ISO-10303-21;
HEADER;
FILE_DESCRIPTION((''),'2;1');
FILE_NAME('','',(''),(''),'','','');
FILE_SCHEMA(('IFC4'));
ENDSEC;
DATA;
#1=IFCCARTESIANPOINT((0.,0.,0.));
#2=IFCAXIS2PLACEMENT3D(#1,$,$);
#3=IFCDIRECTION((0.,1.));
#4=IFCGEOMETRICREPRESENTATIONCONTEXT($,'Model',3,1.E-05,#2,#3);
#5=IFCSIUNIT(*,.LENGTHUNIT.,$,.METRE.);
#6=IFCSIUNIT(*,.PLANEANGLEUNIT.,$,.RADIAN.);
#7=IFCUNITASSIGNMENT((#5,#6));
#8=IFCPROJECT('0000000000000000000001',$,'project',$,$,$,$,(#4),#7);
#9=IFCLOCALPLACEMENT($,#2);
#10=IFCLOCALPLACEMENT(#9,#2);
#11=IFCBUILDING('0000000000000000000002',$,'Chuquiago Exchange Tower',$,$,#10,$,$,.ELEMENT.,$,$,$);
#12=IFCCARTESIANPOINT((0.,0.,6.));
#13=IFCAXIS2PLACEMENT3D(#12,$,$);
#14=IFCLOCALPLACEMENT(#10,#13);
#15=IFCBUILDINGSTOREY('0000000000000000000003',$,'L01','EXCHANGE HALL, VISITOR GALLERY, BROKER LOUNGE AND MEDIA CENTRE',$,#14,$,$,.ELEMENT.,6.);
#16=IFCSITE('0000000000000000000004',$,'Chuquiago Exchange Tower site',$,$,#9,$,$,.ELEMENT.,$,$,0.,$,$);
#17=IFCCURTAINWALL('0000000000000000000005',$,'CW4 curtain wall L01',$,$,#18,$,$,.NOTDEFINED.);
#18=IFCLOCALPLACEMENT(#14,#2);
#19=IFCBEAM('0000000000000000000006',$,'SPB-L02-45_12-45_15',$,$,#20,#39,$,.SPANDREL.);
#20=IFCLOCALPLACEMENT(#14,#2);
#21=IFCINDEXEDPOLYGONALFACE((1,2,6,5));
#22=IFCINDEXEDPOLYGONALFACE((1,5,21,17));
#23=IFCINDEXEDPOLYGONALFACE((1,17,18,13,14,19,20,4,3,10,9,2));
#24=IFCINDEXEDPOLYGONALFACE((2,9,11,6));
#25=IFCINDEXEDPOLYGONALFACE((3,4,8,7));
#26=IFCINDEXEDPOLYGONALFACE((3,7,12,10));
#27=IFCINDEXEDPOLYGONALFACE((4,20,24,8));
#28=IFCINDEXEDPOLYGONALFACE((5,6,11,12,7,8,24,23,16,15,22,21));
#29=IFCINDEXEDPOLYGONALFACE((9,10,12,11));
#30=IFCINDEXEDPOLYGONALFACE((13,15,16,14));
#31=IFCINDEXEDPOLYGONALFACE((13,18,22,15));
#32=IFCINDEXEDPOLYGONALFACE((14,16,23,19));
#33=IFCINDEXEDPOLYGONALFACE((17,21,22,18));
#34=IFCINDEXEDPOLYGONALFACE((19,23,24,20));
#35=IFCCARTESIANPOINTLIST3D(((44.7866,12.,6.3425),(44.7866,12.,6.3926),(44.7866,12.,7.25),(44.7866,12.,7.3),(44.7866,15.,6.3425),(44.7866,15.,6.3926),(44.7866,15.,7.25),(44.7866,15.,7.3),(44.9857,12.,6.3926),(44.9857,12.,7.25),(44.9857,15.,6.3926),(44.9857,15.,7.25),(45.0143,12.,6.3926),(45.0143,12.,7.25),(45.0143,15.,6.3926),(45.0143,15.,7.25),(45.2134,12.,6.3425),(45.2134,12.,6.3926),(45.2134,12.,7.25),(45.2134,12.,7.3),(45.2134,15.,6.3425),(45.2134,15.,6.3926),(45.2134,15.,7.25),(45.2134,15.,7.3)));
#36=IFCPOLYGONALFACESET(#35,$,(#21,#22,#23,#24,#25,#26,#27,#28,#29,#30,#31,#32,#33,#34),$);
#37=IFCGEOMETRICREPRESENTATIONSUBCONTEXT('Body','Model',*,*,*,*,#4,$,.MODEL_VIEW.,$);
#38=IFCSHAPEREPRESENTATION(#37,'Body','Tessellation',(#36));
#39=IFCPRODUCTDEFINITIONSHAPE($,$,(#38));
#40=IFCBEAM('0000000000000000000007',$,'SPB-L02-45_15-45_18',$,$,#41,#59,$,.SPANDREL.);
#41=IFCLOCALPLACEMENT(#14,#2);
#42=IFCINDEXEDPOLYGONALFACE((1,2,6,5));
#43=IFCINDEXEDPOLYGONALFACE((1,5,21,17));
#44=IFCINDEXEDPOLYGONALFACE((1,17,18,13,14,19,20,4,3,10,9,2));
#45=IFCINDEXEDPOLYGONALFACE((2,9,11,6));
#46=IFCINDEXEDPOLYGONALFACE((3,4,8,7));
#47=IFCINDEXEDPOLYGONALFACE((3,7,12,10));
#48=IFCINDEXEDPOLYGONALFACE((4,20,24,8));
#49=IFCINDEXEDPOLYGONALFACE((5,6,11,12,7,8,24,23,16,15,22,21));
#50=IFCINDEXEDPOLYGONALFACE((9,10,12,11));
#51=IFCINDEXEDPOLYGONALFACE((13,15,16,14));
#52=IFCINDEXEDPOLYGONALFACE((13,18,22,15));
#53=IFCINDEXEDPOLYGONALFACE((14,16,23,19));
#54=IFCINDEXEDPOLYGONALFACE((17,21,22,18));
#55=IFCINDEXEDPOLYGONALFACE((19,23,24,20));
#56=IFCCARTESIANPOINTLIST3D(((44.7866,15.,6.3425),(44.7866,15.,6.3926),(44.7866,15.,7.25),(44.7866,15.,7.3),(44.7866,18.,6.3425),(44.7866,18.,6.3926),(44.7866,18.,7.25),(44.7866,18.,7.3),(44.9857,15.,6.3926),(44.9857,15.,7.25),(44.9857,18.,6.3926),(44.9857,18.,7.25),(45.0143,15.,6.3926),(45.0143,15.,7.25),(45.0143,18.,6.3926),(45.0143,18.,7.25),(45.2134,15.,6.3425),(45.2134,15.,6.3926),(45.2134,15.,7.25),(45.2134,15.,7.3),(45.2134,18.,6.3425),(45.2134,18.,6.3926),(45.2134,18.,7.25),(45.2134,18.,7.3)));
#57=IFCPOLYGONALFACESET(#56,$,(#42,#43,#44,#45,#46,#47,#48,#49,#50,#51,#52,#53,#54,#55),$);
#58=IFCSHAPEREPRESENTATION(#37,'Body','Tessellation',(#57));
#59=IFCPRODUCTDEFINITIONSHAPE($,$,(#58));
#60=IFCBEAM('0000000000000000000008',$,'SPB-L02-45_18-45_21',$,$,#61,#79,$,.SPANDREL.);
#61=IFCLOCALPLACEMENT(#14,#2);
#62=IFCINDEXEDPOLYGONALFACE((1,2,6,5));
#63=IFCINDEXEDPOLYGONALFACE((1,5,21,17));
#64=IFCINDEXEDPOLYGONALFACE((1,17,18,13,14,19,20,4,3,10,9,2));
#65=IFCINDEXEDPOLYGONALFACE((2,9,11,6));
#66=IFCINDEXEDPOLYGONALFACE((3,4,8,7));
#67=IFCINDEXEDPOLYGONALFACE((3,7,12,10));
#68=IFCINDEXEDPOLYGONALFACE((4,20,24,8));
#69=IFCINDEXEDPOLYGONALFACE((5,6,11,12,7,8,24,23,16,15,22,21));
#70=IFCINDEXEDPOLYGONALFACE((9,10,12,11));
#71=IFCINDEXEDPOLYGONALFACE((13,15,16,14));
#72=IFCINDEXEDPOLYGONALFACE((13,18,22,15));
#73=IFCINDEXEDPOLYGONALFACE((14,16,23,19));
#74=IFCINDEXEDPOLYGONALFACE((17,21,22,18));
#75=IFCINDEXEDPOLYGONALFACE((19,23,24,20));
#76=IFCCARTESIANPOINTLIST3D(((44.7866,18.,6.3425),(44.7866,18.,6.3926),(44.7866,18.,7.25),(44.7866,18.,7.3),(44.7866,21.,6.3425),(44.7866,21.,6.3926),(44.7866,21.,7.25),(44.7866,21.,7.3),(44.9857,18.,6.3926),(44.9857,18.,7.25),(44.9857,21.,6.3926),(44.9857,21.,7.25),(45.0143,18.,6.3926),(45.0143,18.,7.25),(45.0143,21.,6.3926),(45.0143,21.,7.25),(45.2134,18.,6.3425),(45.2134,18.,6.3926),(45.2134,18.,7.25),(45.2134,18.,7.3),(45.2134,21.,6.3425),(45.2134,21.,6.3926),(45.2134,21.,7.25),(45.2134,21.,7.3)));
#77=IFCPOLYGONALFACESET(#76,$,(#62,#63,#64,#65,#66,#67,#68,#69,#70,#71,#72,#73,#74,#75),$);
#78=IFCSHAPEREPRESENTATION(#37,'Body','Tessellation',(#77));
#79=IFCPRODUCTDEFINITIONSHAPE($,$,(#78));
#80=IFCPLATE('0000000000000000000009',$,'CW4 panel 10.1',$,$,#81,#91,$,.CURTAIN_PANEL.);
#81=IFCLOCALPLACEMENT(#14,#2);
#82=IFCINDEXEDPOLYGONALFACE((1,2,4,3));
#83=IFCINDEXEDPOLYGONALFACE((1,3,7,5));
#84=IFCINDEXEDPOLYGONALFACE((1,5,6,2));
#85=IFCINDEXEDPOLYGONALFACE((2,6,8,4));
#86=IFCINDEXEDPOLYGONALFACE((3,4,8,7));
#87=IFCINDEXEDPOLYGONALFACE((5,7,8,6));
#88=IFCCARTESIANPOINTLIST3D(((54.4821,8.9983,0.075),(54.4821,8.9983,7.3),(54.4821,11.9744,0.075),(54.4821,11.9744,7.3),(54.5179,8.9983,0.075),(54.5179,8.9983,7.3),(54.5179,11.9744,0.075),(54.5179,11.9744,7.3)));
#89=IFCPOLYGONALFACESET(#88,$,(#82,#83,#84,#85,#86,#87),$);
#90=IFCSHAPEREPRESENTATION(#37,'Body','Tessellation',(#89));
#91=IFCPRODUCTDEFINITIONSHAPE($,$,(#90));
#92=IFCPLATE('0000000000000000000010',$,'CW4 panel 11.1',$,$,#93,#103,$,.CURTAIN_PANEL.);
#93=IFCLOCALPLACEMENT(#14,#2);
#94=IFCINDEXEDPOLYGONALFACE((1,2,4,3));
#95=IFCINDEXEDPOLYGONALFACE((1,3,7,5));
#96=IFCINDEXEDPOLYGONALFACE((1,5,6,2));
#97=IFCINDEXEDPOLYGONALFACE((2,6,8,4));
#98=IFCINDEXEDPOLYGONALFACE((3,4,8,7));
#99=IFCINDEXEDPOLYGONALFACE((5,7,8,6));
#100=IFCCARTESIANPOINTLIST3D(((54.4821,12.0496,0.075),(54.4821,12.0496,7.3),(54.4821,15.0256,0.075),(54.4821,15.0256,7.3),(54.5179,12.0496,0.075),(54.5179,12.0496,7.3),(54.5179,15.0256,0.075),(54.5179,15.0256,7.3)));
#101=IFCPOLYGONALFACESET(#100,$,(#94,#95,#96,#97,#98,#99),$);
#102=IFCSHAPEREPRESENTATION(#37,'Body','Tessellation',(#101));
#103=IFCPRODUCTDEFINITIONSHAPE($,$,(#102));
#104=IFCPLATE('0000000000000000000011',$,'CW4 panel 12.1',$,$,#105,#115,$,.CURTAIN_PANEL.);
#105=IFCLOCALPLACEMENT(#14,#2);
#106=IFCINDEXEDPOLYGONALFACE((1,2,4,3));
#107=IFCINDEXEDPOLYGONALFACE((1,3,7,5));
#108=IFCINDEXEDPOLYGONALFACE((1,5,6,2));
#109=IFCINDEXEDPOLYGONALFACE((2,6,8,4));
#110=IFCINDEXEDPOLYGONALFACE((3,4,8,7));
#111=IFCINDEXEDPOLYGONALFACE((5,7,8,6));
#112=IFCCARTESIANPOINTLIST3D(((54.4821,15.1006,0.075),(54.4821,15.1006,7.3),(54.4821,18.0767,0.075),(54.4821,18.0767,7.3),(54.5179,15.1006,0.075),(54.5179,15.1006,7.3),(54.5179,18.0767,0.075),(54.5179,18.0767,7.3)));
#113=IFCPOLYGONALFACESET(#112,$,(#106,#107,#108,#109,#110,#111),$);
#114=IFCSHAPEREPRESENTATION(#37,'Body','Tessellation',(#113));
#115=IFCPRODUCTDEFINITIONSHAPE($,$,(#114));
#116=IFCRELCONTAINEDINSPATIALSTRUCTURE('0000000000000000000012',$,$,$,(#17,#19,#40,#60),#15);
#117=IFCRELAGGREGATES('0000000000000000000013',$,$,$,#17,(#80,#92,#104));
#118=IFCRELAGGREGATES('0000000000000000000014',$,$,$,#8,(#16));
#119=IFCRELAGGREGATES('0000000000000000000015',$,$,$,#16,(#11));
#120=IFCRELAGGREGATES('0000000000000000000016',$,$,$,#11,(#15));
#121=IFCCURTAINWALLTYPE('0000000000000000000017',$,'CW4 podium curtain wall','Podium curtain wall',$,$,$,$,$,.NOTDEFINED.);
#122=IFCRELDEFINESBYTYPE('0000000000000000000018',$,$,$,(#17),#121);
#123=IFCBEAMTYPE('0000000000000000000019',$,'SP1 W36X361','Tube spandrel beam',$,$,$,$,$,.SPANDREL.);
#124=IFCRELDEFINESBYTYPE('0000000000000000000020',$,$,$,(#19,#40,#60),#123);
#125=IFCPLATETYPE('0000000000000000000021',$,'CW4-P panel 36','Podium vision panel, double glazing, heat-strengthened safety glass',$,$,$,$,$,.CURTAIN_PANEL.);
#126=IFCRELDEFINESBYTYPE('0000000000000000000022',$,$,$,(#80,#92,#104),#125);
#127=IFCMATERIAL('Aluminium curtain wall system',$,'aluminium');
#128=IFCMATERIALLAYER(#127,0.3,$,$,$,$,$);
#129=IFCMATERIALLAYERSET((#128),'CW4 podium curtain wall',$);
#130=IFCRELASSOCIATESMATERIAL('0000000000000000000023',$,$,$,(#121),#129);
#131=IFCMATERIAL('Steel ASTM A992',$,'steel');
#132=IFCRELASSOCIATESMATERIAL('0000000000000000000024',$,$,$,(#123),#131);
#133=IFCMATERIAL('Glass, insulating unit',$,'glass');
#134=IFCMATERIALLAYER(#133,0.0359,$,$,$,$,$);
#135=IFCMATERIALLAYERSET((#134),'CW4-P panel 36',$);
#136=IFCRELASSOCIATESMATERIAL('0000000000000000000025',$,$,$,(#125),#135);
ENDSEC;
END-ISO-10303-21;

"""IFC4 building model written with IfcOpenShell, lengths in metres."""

from ifc_helpers import new_model, si_unit, direction, frame, origin, origin_2d, place, context, subcontext, project, spatial, rectangle, i_section, extrude, material, layer, layer_set, material_profile, profile_set, type_object, element, aggregate, save


model = new_model("IFC4")

# Units and contexts
model_context = context("Model", 3, precision=1e-05, world=origin(), true_north=direction((0.0, 1.0)))
body_context = subcontext(model_context, "Body", "Model", "MODEL_VIEW")
ifc_project = project(units=[si_unit("LENGTHUNIT", "METRE"), si_unit("PLANEANGLEUNIT", "RADIAN")], contexts=[model_context])

# Site, building, storey
site_placement = place(None, origin())
site = spatial("IfcSite", under=ifc_project, at=site_placement, Name="Chuquiago Exchange Tower site", CompositionType="ELEMENT", RefElevation=0.0)
building_placement = place(site_placement, origin())
building = spatial("IfcBuilding", under=site, at=building_placement, Name="Chuquiago Exchange Tower", CompositionType="ELEMENT")
storey_placement = place(building_placement, frame((0.0, 0.0, 6.0)))
storey = spatial("IfcBuildingStorey", under=building, at=storey_placement, Name="L01", Description="EXCHANGE HALL, VISITOR GALLERY, BROKER LOUNGE AND MEDIA CENTRE", CompositionType="ELEMENT", Elevation=6.0)

# Curtain wall
ifc_material_1 = material(Name="Aluminium curtain wall system", Category="aluminium")
ifc_layer_1 = layer(ifc_material_1, 0.3)
ifc_layer_set_1 = layer_set([ifc_layer_1], Name="CW4 podium curtain wall")
curtain_wall_type = type_object("IfcCurtainWallType", Name="CW4 podium curtain wall", Description="Podium curtain wall", PredefinedType="NOTDEFINED", material=ifc_layer_set_1)
curtain_wall_placement = place(storey_placement, origin())
curtain_wall = element("IfcCurtainWall", 1, at=curtain_wall_placement, inside=storey, type_object=curtain_wall_type, Name="CW4 curtain wall L01", PredefinedType="NOTDEFINED")

# Beams
ifc_material_2 = material(Name="Steel ASTM A992", Category="steel")
ifc_material_profile_1 = material_profile(ifc_material_2, i_section(OverallWidth=0.4268, OverallDepth=0.9575, WebThickness=0.0286, FlangeThickness=0.05, at=origin_2d()), Name="W36X361")
ifc_profile_set_1 = profile_set([ifc_material_profile_1], Name="Steel ASTM A992")
beam_type_1 = type_object("IfcBeamType", Name="SP1 W36X361", Description="Tube spandrel beam", PredefinedType="SPANDREL", material=ifc_profile_set_1)
for number, where, z_axis, x_axis, name in (
    (2, (45.0, 12.0, 6.8213), (0.0, 1.0, 0.0), (-1.0, 0.0, 0.0), "SPB-L02-45_12-45_15"),
    (3, (45.0, 15.0, 6.8213), (0.0, 1.0, 0.0), (-1.0, 0.0, 0.0), "SPB-L02-45_15-45_18"),
    (4, (45.0, 18.0, 6.8213), (0.0, 1.0, 0.0), (-1.0, 0.0, 0.0), "SPB-L02-45_18-45_21"),
):
    element("IfcBeam", number, at=place(storey_placement, frame(where, z_axis=z_axis, x_axis=x_axis)), inside=storey, type_object=beam_type_1, Name=name, PredefinedType="SPANDREL", context=body_context, shape_type="SweptSolid", body=[
        extrude(i_section(OverallWidth=0.4268, OverallDepth=0.9575, WebThickness=0.0286, FlangeThickness=0.05, at=origin_2d()), origin(), (0.0, 0.0, 1.0), 3.0),
    ])

# Plates
ifc_material_3 = material(Name="Glass, insulating unit", Category="glass")
ifc_layer_2 = layer(ifc_material_3, 0.0359)
ifc_layer_set_2 = layer_set([ifc_layer_2], Name="CW4-P panel 36")
plate_type = type_object("IfcPlateType", Name="CW4-P panel 36", Description="Podium vision panel, double glazing, heat-strengthened safety glass", PredefinedType="CURTAIN_PANEL", material=ifc_layer_set_2)
plate_1_placement = place(storey_placement, frame((54.5, 10.4863, 0.075), z_axis=(0.0, 0.0, 1.0), x_axis=(0.0, 1.0, 0.0)))
plate_1 = element("IfcPlate", 5, at=plate_1_placement, type_object=plate_type, Name="CW4 panel 10.1", PredefinedType="CURTAIN_PANEL", context=body_context, shape_type="SweptSolid", body=[
    extrude(rectangle(XDim=2.9761, YDim=0.0359, at=origin_2d()), origin(), (0.0, 0.0, 1.0), 7.2251),
])
plate_2_placement = place(storey_placement, frame((54.5, 13.5376, 0.075), z_axis=(0.0, 0.0, 1.0), x_axis=(0.0, 1.0, 0.0)))
plate_2 = element("IfcPlate", 6, at=plate_2_placement, type_object=plate_type, Name="CW4 panel 11.1", PredefinedType="CURTAIN_PANEL", context=body_context, shape_type="SweptSolid", body=[
    extrude(rectangle(XDim=2.9761, YDim=0.0359, at=origin_2d()), origin(), (0.0, 0.0, 1.0), 7.2251),
])
plate_3_placement = place(storey_placement, frame((54.5, 16.5886, 0.075), z_axis=(0.0, 0.0, 1.0), x_axis=(0.0, 1.0, 0.0)))
plate_3 = element("IfcPlate", 7, at=plate_3_placement, type_object=plate_type, Name="CW4 panel 12.1", PredefinedType="CURTAIN_PANEL", context=body_context, shape_type="SweptSolid", body=[
    extrude(rectangle(XDim=2.9761, YDim=0.0359, at=origin_2d()), origin(), (0.0, 0.0, 1.0), 7.2251),
])
aggregate(curtain_wall, [plate_1, plate_2, plate_3])

save(model, "model.ifc")
